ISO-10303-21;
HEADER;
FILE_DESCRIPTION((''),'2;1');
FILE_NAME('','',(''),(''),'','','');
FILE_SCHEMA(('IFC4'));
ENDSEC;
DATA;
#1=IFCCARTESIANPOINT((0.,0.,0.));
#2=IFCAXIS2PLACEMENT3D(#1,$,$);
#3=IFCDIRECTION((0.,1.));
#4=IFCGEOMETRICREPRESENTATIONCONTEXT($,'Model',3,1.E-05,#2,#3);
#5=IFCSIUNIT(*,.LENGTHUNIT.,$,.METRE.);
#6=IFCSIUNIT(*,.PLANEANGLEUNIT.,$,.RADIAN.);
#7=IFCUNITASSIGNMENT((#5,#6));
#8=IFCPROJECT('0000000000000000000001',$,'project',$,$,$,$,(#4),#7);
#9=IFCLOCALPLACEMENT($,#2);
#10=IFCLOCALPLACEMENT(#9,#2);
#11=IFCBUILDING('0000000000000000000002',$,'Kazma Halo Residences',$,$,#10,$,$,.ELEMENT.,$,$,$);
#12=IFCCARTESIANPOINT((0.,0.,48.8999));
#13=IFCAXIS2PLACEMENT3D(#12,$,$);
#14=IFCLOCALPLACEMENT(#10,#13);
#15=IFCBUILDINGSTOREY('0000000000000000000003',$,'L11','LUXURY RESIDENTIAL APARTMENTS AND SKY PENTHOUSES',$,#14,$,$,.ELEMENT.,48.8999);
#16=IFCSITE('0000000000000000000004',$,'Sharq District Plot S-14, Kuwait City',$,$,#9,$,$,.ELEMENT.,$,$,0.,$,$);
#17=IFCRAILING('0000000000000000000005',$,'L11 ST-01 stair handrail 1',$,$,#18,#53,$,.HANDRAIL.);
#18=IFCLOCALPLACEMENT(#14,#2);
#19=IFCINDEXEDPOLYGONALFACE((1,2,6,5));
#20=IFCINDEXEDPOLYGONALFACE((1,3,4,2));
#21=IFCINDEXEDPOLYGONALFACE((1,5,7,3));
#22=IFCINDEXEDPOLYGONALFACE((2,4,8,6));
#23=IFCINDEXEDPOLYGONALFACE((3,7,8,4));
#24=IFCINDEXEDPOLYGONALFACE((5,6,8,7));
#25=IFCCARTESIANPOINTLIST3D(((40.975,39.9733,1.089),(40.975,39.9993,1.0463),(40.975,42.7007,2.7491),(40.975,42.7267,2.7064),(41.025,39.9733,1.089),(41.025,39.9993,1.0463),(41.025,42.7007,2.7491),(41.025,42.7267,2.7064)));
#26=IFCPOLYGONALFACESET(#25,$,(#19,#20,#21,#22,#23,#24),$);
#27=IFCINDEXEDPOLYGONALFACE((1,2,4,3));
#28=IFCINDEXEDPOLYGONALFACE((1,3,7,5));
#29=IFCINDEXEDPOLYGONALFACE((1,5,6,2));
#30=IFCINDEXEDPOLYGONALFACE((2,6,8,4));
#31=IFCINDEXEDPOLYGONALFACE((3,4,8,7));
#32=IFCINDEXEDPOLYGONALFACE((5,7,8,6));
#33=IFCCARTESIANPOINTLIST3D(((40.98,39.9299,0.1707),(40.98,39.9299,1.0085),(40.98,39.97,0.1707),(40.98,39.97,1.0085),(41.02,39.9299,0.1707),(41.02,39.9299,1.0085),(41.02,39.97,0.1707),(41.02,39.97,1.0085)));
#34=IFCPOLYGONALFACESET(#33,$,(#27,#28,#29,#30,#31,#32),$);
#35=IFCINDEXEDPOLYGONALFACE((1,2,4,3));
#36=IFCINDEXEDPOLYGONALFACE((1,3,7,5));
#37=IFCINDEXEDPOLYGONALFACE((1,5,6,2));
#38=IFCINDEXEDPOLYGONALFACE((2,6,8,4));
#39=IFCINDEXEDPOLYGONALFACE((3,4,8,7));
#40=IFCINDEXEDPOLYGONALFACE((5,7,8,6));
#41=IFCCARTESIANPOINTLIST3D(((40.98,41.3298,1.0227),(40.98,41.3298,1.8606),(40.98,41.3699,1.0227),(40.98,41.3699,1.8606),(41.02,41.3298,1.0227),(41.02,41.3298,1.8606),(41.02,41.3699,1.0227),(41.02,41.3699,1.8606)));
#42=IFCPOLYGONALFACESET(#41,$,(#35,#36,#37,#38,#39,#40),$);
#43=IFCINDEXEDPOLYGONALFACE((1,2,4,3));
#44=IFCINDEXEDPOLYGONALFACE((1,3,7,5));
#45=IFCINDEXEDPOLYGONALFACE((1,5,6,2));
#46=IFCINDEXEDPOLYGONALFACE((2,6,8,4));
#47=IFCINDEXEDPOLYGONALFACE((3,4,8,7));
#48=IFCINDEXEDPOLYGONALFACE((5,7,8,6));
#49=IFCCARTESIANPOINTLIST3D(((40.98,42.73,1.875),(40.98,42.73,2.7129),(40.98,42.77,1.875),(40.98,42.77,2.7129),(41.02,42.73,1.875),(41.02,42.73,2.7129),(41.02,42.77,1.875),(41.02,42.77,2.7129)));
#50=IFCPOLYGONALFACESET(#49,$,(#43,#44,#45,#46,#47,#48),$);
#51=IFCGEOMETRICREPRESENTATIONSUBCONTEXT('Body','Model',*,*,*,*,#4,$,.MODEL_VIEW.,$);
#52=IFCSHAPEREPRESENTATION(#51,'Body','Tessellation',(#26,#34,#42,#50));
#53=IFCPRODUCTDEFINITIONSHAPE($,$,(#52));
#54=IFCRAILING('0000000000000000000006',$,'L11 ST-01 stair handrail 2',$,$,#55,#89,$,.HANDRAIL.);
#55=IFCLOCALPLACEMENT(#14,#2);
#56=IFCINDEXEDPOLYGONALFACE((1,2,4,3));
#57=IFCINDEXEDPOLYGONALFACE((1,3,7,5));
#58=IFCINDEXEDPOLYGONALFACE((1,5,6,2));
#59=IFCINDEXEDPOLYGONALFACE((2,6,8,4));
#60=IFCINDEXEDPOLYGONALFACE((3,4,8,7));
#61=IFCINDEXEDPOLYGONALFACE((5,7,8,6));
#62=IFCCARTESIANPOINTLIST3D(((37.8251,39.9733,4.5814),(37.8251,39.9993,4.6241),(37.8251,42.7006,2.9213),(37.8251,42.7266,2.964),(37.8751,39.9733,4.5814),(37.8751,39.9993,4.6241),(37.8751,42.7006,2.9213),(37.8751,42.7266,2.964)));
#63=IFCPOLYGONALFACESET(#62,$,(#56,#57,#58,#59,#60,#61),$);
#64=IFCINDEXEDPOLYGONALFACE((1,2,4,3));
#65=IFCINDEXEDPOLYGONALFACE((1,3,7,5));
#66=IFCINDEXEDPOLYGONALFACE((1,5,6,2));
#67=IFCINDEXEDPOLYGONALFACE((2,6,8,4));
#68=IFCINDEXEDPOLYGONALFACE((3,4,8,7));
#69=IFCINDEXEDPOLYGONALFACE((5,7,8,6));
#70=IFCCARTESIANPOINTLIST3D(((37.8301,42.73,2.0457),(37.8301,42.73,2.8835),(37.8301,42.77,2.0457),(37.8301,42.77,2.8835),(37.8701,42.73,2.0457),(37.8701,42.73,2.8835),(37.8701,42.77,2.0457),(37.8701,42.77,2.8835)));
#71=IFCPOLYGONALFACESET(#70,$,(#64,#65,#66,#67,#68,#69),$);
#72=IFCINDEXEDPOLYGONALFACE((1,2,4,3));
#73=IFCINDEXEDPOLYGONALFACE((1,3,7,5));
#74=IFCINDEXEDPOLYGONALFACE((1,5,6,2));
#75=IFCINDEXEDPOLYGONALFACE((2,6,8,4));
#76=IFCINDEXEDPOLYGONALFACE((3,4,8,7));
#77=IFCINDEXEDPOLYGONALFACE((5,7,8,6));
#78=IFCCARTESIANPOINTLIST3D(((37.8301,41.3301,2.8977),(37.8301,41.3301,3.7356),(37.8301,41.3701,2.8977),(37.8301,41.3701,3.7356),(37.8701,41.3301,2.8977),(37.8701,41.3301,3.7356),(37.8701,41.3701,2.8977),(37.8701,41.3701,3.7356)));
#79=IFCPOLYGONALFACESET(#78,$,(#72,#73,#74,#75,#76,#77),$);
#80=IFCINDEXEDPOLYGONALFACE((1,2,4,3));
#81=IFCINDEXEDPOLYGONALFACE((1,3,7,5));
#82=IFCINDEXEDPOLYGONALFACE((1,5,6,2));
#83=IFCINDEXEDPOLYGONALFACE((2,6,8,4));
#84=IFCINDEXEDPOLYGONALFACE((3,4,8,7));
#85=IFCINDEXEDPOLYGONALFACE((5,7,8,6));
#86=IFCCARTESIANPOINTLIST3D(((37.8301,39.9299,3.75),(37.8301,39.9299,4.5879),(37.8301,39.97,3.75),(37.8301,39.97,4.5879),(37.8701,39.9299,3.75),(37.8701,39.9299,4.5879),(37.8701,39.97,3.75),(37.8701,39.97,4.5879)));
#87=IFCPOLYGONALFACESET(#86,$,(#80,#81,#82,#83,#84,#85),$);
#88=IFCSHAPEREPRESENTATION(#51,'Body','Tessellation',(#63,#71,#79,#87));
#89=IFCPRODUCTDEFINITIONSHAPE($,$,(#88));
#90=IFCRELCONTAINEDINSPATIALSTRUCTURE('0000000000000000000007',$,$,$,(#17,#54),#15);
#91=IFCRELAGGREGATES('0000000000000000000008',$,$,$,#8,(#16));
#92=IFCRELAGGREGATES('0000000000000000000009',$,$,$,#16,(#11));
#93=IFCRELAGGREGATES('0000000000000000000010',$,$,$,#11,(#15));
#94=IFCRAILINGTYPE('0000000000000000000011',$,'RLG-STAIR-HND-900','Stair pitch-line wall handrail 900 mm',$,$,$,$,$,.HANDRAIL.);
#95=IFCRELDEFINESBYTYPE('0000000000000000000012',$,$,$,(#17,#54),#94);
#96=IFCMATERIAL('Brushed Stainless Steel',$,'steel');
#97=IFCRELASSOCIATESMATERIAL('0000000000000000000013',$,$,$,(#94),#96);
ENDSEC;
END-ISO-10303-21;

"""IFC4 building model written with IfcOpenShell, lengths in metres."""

from ifc_helpers import new_model, si_unit, direction, frame, origin, origin_2d, place, context, subcontext, project, spatial, rectangle, extrude, material, type_object, element, save


model = new_model("IFC4")

# Units and contexts
model_context = context("Model", 3, precision=1e-05, world=origin(), true_north=direction((0.0, 1.0)))
body_context = subcontext(model_context, "Body", "Model", "MODEL_VIEW")
ifc_project = project(units=[si_unit("LENGTHUNIT", "METRE"), si_unit("PLANEANGLEUNIT", "RADIAN")], contexts=[model_context])

# Site, building, storey
site_placement = place(None, origin())
site = spatial("IfcSite", under=ifc_project, at=site_placement, Name="Sharq District Plot S-14, Kuwait City", CompositionType="ELEMENT", RefElevation=0.0)
building_placement = place(site_placement, origin())
building = spatial("IfcBuilding", under=site, at=building_placement, Name="Kazma Halo Residences", CompositionType="ELEMENT")
storey_placement = place(building_placement, frame((0.0, 0.0, 48.8999)))
storey = spatial("IfcBuildingStorey", under=building, at=storey_placement, Name="L11", Description="LUXURY RESIDENTIAL APARTMENTS AND SKY PENTHOUSES", CompositionType="ELEMENT", Elevation=48.8999)

# Railings
ifc_material_1 = material(Name="Brushed Stainless Steel", Category="steel")
railing_type_1 = type_object("IfcRailingType", Name="RLG-STAIR-HND-900", Description="Stair pitch-line wall handrail 900 mm", PredefinedType="HANDRAIL", material=ifc_material_1)
railing_1_placement = place(storey_placement, frame((41.0, 39.95, 0.1707)))
element("IfcRailing", 1, at=railing_1_placement, inside=storey, type_object=railing_type_1, Name="L11 ST-01 stair handrail 1", PredefinedType="HANDRAIL", context=body_context, shape_type="SweptSolid", body=[
    extrude(rectangle(XDim=0.05, YDim=0.05, at=origin_2d()), frame((0.0, 0.0364, 0.897), z_axis=(0.0, 0.854203, 0.51994), x_axis=(-1.0, 0.0, 0.0)), (0.0, 0.0, 1.0), 3.1929),
    extrude(rectangle(XDim=0.04, YDim=0.04, at=origin_2d()), origin(), (0.0, 0.0, 1.0), 0.8379),
    extrude(rectangle(XDim=0.04, YDim=0.04, at=origin_2d()), frame((0.0, 1.3999, 0.8521)), (0.0, 0.0, 1.0), 0.8379),
    extrude(rectangle(XDim=0.04, YDim=0.04, at=origin_2d()), frame((0.0, 2.8, 1.7043)), (0.0, 0.0, 1.0), 0.8379),
])
railing_2_placement = place(storey_placement, frame((37.8501, 42.75, 2.0457)))
element("IfcRailing", 2, at=railing_2_placement, inside=storey, type_object=railing_type_1, Name="L11 ST-01 stair handrail 2", PredefinedType="HANDRAIL", context=body_context, shape_type="SweptSolid", body=[
    extrude(rectangle(XDim=0.05, YDim=0.05, at=origin_2d()), frame((0.0, -0.0364, 0.897), z_axis=(0.0, -0.854203, 0.51994), x_axis=(1.0, 0.0, 0.0)), (0.0, 0.0, 1.0), 3.1929),
    extrude(rectangle(XDim=0.04, YDim=0.04, at=origin_2d()), origin(), (0.0, 0.0, 1.0), 0.8379),
    extrude(rectangle(XDim=0.04, YDim=0.04, at=origin_2d()), frame((0.0, -1.3999, 0.8521)), (0.0, 0.0, 1.0), 0.8379),
    extrude(rectangle(XDim=0.04, YDim=0.04, at=origin_2d()), frame((0.0, -2.8, 1.7043)), (0.0, 0.0, 1.0), 0.8379),
])

save(model, "model.ifc")
